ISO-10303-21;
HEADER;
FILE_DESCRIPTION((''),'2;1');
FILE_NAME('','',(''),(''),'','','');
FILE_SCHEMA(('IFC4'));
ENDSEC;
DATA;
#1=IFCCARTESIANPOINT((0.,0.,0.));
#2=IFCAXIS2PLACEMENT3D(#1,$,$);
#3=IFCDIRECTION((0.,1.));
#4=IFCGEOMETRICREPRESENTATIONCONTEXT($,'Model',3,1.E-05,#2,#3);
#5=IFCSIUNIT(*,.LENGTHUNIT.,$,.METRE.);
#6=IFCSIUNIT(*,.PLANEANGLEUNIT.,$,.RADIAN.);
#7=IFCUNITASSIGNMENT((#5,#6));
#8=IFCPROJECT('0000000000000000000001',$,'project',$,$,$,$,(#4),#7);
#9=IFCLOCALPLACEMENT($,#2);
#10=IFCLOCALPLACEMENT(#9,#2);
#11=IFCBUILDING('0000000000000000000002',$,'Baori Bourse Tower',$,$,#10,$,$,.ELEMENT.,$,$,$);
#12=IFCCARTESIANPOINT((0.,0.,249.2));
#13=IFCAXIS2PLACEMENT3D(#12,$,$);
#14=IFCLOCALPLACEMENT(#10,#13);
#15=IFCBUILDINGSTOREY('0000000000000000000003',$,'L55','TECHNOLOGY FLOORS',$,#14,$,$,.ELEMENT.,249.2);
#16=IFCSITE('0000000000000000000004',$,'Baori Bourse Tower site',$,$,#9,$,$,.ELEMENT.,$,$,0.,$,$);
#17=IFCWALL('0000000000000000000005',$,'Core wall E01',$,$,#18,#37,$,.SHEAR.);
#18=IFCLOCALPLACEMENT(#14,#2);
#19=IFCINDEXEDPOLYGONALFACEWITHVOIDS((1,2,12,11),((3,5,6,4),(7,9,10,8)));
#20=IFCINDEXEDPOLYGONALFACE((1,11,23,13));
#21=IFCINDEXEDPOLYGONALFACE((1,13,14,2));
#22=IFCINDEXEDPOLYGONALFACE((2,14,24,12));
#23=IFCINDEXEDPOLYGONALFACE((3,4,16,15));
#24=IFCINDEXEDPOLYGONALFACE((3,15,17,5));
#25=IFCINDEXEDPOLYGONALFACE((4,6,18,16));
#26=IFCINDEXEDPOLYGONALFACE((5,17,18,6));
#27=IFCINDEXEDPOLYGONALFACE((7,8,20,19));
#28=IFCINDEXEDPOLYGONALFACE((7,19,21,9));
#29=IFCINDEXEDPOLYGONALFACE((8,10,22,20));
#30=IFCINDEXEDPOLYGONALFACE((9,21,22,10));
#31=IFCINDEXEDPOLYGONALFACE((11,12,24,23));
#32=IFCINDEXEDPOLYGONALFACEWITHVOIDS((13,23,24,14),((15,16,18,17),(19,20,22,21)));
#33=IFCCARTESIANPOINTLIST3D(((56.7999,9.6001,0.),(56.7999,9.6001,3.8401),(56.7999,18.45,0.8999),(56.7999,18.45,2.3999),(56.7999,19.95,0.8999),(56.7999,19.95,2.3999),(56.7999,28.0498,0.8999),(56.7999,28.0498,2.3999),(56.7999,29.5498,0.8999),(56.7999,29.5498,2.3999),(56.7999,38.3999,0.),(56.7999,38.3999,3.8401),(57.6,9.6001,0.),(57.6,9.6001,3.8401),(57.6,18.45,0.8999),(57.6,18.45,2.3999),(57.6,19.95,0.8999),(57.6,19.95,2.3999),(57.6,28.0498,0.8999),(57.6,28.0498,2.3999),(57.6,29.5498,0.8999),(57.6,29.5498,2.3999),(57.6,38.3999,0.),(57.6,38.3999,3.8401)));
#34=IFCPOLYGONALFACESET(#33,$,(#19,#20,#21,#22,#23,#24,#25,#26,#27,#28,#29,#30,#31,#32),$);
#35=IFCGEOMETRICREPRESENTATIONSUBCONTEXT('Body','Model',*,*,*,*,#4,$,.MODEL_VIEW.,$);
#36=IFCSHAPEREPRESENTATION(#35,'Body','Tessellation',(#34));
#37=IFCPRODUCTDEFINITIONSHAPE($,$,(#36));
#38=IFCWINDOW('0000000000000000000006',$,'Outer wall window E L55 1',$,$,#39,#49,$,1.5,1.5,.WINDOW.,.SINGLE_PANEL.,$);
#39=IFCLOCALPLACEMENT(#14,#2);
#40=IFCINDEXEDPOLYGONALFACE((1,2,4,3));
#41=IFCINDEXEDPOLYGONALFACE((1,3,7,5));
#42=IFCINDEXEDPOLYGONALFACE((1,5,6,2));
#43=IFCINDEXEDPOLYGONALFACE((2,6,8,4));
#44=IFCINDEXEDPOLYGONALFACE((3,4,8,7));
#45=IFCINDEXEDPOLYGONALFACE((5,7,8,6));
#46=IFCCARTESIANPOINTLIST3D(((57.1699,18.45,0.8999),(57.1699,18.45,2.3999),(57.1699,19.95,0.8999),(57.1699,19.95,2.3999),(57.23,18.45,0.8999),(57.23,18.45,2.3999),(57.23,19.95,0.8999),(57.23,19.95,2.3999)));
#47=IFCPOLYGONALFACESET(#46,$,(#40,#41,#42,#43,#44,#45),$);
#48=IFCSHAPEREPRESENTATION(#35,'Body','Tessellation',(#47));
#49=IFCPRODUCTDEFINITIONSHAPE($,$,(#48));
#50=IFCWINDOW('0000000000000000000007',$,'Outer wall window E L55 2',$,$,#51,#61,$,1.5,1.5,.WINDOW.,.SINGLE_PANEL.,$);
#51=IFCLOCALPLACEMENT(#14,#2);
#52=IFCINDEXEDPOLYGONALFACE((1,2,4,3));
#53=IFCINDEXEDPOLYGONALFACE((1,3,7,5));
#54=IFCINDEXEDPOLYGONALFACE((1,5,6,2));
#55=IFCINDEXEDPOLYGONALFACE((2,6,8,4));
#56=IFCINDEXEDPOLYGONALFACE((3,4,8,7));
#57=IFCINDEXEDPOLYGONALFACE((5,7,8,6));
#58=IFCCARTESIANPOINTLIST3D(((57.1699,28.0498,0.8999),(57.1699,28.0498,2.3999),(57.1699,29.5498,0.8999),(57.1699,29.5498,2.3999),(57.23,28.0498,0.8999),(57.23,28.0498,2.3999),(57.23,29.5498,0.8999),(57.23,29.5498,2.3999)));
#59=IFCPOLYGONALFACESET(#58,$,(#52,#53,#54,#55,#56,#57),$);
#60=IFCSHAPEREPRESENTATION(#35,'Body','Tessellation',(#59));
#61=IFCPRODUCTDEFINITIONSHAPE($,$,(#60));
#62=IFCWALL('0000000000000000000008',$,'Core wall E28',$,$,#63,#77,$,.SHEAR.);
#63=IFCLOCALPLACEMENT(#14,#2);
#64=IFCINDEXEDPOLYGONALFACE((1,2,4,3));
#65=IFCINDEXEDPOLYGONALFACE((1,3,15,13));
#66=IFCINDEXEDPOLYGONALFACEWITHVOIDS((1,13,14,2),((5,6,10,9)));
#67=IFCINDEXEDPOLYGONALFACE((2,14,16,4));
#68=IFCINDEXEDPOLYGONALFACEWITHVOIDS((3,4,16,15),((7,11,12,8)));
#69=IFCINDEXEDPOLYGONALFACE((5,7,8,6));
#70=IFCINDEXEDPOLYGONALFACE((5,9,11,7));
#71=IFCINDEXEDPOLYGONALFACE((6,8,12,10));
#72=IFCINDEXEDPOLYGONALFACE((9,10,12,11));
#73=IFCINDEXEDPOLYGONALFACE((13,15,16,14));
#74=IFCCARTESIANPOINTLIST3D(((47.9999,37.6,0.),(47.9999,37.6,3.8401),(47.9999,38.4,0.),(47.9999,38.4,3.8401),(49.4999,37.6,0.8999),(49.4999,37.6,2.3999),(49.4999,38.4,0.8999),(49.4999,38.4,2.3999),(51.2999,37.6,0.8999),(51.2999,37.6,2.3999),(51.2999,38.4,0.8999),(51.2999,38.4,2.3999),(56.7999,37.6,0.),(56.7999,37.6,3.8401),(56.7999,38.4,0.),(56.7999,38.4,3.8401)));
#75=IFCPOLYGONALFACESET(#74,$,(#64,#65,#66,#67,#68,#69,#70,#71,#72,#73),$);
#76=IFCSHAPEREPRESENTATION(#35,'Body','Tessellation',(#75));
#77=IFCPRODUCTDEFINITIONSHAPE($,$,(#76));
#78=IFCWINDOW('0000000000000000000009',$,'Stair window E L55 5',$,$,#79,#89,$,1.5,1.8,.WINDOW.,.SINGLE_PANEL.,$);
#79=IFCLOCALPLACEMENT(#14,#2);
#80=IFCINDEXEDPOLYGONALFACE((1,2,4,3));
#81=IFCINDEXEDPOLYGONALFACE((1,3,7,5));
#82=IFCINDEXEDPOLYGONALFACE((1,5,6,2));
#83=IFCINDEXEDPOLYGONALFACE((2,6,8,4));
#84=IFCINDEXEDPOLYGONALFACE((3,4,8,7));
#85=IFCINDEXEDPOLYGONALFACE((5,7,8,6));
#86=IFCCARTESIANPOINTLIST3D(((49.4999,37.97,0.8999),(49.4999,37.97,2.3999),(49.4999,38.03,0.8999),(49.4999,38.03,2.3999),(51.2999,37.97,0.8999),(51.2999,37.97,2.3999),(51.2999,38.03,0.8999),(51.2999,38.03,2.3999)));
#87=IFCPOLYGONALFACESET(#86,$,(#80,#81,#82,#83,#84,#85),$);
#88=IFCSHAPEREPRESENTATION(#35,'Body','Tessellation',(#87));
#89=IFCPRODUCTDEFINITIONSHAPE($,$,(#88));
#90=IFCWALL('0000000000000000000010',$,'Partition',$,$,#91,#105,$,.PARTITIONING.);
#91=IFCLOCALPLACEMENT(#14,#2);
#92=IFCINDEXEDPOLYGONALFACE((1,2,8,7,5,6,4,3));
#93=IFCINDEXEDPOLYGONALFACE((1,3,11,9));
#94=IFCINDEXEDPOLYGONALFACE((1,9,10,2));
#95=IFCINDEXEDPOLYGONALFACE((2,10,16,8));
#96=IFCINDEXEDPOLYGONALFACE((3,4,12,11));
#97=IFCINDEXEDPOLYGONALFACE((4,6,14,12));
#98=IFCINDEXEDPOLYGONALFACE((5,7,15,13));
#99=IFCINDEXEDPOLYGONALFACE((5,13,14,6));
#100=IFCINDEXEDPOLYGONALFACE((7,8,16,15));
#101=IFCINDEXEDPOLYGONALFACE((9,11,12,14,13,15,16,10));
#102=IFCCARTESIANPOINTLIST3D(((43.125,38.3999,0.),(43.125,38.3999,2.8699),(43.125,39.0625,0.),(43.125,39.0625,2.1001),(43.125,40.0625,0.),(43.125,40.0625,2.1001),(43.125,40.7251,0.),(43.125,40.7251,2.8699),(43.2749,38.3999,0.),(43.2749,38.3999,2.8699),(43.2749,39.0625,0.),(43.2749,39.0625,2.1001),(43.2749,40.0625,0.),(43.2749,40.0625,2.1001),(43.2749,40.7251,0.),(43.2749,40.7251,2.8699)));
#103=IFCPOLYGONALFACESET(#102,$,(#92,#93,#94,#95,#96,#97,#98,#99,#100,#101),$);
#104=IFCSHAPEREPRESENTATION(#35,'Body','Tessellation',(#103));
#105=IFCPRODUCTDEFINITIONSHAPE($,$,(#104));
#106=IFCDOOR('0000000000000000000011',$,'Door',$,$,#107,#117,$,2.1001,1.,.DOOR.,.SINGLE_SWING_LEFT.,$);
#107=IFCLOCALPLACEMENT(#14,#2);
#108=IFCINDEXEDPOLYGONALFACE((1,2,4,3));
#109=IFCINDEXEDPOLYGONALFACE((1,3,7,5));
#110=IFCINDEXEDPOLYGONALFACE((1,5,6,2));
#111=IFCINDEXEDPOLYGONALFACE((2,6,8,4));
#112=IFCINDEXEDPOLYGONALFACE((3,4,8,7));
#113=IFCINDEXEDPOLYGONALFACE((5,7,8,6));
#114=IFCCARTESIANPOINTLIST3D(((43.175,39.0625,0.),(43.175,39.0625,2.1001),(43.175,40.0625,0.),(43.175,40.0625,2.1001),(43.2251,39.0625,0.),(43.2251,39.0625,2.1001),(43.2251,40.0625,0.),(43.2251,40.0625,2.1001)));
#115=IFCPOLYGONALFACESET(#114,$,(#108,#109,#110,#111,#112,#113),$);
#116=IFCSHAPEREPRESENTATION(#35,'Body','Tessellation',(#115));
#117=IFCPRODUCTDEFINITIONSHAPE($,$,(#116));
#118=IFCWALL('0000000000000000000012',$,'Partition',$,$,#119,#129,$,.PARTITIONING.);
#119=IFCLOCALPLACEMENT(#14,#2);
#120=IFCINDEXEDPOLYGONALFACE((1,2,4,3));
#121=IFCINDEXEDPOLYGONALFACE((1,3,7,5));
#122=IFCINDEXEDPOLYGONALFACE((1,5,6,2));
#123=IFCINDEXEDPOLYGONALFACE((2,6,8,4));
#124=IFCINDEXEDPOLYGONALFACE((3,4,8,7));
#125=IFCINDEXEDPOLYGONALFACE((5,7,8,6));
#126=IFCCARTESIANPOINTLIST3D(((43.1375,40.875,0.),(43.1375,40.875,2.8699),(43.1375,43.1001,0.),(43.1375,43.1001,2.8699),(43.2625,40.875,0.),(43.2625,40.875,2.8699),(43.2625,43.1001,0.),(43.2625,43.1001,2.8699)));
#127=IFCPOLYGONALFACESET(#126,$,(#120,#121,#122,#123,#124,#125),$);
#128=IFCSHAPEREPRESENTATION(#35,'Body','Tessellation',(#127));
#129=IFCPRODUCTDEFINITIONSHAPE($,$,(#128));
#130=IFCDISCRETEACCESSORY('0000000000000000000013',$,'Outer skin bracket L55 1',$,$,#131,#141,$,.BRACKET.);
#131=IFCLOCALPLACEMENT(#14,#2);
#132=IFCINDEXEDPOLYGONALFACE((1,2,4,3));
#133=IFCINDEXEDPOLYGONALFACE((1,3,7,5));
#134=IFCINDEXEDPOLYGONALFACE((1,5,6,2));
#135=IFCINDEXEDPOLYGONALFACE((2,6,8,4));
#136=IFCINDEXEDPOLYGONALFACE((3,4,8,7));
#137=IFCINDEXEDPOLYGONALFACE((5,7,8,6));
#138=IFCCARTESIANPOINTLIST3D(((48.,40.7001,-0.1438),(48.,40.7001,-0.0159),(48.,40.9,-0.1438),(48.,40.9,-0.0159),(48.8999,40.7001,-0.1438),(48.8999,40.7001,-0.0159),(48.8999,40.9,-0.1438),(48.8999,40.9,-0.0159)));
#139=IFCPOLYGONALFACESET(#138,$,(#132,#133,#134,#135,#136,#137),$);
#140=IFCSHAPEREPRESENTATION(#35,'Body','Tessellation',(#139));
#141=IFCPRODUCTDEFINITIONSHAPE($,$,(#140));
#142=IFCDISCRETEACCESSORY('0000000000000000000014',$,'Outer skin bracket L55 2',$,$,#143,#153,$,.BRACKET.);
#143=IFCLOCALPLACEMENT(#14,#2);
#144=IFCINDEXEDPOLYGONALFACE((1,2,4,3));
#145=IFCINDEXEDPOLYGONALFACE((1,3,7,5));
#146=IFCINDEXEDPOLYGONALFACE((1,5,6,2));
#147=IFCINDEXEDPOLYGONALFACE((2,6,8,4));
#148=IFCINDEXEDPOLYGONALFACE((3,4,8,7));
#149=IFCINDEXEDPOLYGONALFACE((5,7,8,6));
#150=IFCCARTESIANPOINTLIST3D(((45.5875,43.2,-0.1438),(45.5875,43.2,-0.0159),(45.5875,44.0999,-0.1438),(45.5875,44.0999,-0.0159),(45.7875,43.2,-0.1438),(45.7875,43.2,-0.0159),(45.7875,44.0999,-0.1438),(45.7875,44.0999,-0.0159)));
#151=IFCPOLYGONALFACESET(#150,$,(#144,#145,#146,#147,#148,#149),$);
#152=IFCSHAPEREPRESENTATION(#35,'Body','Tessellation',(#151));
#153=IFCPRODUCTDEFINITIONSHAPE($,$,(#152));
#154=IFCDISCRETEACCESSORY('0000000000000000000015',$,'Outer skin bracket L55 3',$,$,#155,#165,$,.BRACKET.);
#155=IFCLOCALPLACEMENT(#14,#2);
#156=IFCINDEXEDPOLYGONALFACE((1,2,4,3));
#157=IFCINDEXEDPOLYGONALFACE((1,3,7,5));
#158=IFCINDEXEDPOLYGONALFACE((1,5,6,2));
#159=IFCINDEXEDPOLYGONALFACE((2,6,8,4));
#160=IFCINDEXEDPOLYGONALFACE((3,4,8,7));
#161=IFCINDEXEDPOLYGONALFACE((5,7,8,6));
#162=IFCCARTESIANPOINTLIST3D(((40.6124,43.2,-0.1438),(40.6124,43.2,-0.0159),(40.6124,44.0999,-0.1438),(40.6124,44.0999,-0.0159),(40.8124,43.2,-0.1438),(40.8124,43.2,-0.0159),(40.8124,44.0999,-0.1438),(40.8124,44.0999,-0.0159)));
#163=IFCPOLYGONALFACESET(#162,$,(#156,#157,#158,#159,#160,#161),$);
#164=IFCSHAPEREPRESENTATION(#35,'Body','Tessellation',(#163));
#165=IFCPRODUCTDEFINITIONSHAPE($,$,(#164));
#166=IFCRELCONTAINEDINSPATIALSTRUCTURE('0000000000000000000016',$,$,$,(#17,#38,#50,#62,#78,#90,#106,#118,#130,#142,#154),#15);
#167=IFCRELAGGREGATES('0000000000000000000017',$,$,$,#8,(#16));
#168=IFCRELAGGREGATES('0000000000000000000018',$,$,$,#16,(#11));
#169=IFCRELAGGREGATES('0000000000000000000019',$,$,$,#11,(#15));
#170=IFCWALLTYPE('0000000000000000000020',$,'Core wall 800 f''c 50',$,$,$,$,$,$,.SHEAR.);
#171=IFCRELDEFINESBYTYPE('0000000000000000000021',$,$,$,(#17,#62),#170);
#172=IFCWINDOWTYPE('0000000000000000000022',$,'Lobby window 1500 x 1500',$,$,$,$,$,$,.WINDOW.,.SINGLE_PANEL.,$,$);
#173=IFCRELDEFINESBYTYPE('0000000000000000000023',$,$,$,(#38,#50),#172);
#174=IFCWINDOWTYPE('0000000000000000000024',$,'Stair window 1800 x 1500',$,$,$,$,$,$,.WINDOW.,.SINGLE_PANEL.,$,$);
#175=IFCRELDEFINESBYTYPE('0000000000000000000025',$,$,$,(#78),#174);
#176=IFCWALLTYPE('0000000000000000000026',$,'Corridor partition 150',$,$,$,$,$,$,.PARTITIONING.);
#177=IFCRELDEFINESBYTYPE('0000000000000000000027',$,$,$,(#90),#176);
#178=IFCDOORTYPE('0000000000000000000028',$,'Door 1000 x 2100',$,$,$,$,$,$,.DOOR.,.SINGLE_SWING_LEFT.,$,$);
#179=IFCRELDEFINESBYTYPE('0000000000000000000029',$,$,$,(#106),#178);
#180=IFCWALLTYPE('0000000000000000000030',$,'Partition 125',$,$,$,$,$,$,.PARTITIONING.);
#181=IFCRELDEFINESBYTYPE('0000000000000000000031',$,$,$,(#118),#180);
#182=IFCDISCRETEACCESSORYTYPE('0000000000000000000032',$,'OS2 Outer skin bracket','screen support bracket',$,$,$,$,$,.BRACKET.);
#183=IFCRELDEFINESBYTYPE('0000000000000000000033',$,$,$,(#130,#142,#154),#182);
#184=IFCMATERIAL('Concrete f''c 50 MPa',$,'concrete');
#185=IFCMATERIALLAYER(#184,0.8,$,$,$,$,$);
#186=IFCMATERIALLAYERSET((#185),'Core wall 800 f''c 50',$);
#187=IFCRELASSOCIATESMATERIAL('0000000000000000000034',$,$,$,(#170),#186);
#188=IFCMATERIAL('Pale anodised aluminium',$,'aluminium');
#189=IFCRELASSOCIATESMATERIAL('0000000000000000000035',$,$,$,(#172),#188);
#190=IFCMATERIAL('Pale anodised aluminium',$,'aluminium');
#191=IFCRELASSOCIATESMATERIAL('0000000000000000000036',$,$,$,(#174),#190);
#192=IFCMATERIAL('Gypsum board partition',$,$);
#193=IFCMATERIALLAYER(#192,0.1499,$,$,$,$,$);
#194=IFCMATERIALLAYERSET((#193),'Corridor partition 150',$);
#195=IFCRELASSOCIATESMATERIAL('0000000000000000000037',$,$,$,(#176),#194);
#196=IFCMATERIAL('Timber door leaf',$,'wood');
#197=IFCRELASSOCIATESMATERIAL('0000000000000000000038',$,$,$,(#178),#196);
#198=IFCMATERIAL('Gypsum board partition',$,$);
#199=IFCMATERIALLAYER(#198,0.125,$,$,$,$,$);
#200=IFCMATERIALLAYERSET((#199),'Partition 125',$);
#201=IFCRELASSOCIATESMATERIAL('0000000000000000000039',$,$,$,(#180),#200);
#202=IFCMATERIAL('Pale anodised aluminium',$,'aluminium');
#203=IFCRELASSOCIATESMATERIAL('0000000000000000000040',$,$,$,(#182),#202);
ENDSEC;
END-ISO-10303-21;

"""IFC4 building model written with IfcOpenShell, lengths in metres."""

from ifc_helpers import new_model, si_unit, direction, frame, frame_2d, origin, origin_2d, place, context, subcontext, project, spatial, rectangle, extrude, material, layer, layer_set, type_object, element, fill, save


model = new_model("IFC4")

# Units and contexts
model_context = context("Model", 3, precision=1e-05, world=origin(), true_north=direction((0.0, 1.0)))
body_context = subcontext(model_context, "Body", "Model", "MODEL_VIEW")
ifc_project = project(units=[si_unit("LENGTHUNIT", "METRE"), si_unit("PLANEANGLEUNIT", "RADIAN")], contexts=[model_context])

# Site, building, storey
site_placement = place(None, origin())
site = spatial("IfcSite", under=ifc_project, at=site_placement, Name="Baori Bourse Tower site", CompositionType="ELEMENT", RefElevation=0.0)
building_placement = place(site_placement, origin())
building = spatial("IfcBuilding", under=site, at=building_placement, Name="Baori Bourse Tower", CompositionType="ELEMENT")
storey_placement = place(building_placement, frame((0.0, 0.0, 249.2)))
storey = spatial("IfcBuildingStorey", under=building, at=storey_placement, Name="L55", Description="TECHNOLOGY FLOORS", CompositionType="ELEMENT", Elevation=249.2)

# Wall, openings, windows
ifc_material_1 = material(Name="Concrete f'c 50 MPa", Category="concrete")
ifc_layer_1 = layer(ifc_material_1, 0.8)
ifc_layer_set_1 = layer_set([ifc_layer_1], Name="Core wall 800 f'c 50")
wall_type_1 = type_object("IfcWallType", Name="Core wall 800 f'c 50", PredefinedType="SHEAR", material=ifc_layer_set_1)
wall_1_placement = place(storey_placement, frame((57.2, 38.3999, 0.0), z_axis=(0.0, 0.0, 1.0), x_axis=(0.0, -1.0, 0.0)))
wall_1 = element("IfcWall", 1, at=wall_1_placement, inside=storey, type_object=wall_type_1, Name="Core wall E01", PredefinedType="SHEAR", context=body_context, shape_type="SweptSolid", body=[
    extrude(rectangle(XDim=28.7998, YDim=0.8, at=frame_2d((14.3999, 0.0))), origin(), (0.0, 0.0, 1.0), 3.8401),
])
opening_1_placement = place(wall_1_placement, frame((18.45, 0.0, 0.8999)))
opening_1 = element("IfcOpeningElement", 2, at=opening_1_placement, cuts=wall_1, PredefinedType="OPENING", context=body_context, shape_type="SweptSolid", body=[
    extrude(rectangle(XDim=1.5, YDim=1.5, at=frame_2d((0.75, 0.75))), frame((0.0, 0.4099, 0.0), z_axis=(0.0, -1.0, 0.0), x_axis=(1.0, 0.0, 0.0)), (0.0, 0.0, 1.0), 0.8201),
])
opening_2_placement = place(wall_1_placement, frame((8.8501, 0.0, 0.8999)))
opening_2 = element("IfcOpeningElement", 3, at=opening_2_placement, cuts=wall_1, PredefinedType="OPENING", context=body_context, shape_type="SweptSolid", body=[
    extrude(rectangle(XDim=1.5, YDim=1.5, at=frame_2d((0.75, 0.75))), frame((0.0, 0.4099, 0.0), z_axis=(0.0, -1.0, 0.0), x_axis=(1.0, 0.0, 0.0)), (0.0, 0.0, 1.0), 0.8201),
])
ifc_material_2 = material(Name="Pale anodised aluminium", Category="aluminium")
window_type_1 = type_object("IfcWindowType", Name="Lobby window 1500 x 1500", PartitioningType="SINGLE_PANEL", PredefinedType="WINDOW", material=ifc_material_2)
window_1_placement = place(opening_1_placement, origin())
window_1 = element("IfcWindow", 4, at=window_1_placement, inside=storey, type_object=window_type_1, Name="Outer wall window E L55 1", OverallHeight=1.5, OverallWidth=1.5, PartitioningType="SINGLE_PANEL", PredefinedType="WINDOW", context=body_context, shape_type="SweptSolid", body=[
    extrude(rectangle(XDim=1.5, YDim=1.5, at=frame_2d((0.75, 0.75))), frame((0.0, 0.03, 0.0), z_axis=(0.0, -1.0, 0.0), x_axis=(1.0, 0.0, 0.0)), (0.0, 0.0, 1.0), 0.0601),
])
fill(opening_1, window_1)
window_2_placement = place(opening_2_placement, origin())
window_2 = element("IfcWindow", 5, at=window_2_placement, inside=storey, type_object=window_type_1, Name="Outer wall window E L55 2", OverallHeight=1.5, OverallWidth=1.5, PartitioningType="SINGLE_PANEL", PredefinedType="WINDOW", context=body_context, shape_type="SweptSolid", body=[
    extrude(rectangle(XDim=1.5, YDim=1.5, at=frame_2d((0.75, 0.75))), frame((0.0, 0.03, 0.0), z_axis=(0.0, -1.0, 0.0), x_axis=(1.0, 0.0, 0.0)), (0.0, 0.0, 1.0), 0.0601),
])
fill(opening_2, window_2)

# Wall, opening, window
wall_2_placement = place(storey_placement, frame((48.0, 38.0, 0.0), z_axis=(0.0, 0.0, 1.0), x_axis=(1.0, 0.0, 0.0)))
wall_2 = element("IfcWall", 6, at=wall_2_placement, inside=storey, type_object=wall_type_1, Name="Core wall E28", PredefinedType="SHEAR", context=body_context, shape_type="SweptSolid", body=[
    extrude(rectangle(XDim=8.8, YDim=0.8, at=frame_2d((4.3999, 0.0))), origin(), (0.0, 0.0, 1.0), 3.8401),
])
opening_3_placement = place(wall_2_placement, frame((1.5, 0.0, 0.8999)))
opening_3 = element("IfcOpeningElement", 7, at=opening_3_placement, cuts=wall_2, PredefinedType="OPENING", context=body_context, shape_type="SweptSolid", body=[
    extrude(rectangle(XDim=1.8, YDim=1.5, at=frame_2d((0.8999, 0.75))), frame((0.0, 0.4099, 0.0), z_axis=(0.0, -1.0, 0.0), x_axis=(1.0, 0.0, 0.0)), (0.0, 0.0, 1.0), 0.8201),
])
ifc_material_3 = material(Name="Pale anodised aluminium", Category="aluminium")
window_type_2 = type_object("IfcWindowType", Name="Stair window 1800 x 1500", PartitioningType="SINGLE_PANEL", PredefinedType="WINDOW", material=ifc_material_3)
window_3_placement = place(opening_3_placement, origin())
window_3 = element("IfcWindow", 8, at=window_3_placement, inside=storey, type_object=window_type_2, Name="Stair window E L55 5", OverallHeight=1.5, OverallWidth=1.8, PartitioningType="SINGLE_PANEL", PredefinedType="WINDOW", context=body_context, shape_type="SweptSolid", body=[
    extrude(rectangle(XDim=1.8, YDim=1.5, at=frame_2d((0.8999, 0.75))), frame((0.0, 0.03, 0.0), z_axis=(0.0, -1.0, 0.0), x_axis=(1.0, 0.0, 0.0)), (0.0, 0.0, 1.0), 0.0601),
])
fill(opening_3, window_3)

# Wall, opening, door
ifc_material_4 = material(Name="Gypsum board partition")
ifc_layer_2 = layer(ifc_material_4, 0.1499)
ifc_layer_set_2 = layer_set([ifc_layer_2], Name="Corridor partition 150")
wall_type_2 = type_object("IfcWallType", Name="Corridor partition 150", PredefinedType="PARTITIONING", material=ifc_layer_set_2)
wall_3_placement = place(storey_placement, frame((43.2, 38.3999, 0.0), z_axis=(0.0, 0.0, 1.0), x_axis=(0.0, 1.0, 0.0)))
wall_3 = element("IfcWall", 9, at=wall_3_placement, inside=storey, type_object=wall_type_2, Name="Partition", PredefinedType="PARTITIONING", context=body_context, shape_type="SweptSolid", body=[
    extrude(rectangle(XDim=2.3252, YDim=0.1499, at=frame_2d((1.1626, 0.0))), origin(), (0.0, 0.0, 1.0), 2.8699),
])
opening_4_placement = place(wall_3_placement, frame((0.6626, 0.0, 0.0)))
opening_4 = element("IfcOpeningElement", 10, at=opening_4_placement, cuts=wall_3, PredefinedType="OPENING", context=body_context, shape_type="SweptSolid", body=[
    extrude(rectangle(XDim=1.0, YDim=2.1001, at=frame_2d((0.5, 1.05))), frame((0.0, 0.085, 0.0), z_axis=(0.0, -1.0, 0.0), x_axis=(1.0, 0.0, 0.0)), (0.0, 0.0, 1.0), 0.1699),
])
ifc_material_5 = material(Name="Timber door leaf", Category="wood")
door_type = type_object("IfcDoorType", Name="Door 1000 x 2100", OperationType="SINGLE_SWING_LEFT", PredefinedType="DOOR", material=ifc_material_5)
door_placement = place(opening_4_placement, origin())
door = element("IfcDoor", 11, at=door_placement, inside=storey, type_object=door_type, Name="Door", OperationType="SINGLE_SWING_LEFT", OverallHeight=2.1001, OverallWidth=1.0, PredefinedType="DOOR", context=body_context, shape_type="SweptSolid", body=[
    extrude(rectangle(XDim=1.0, YDim=2.1001, at=frame_2d((0.5, 1.05))), frame((0.0, 0.0249, 0.0), z_axis=(0.0, -1.0, 0.0), x_axis=(1.0, 0.0, 0.0)), (0.0, 0.0, 1.0), 0.05),
])
fill(opening_4, door)

# Wall
ifc_material_6 = material(Name="Gypsum board partition")
ifc_layer_3 = layer(ifc_material_6, 0.125)
ifc_layer_set_3 = layer_set([ifc_layer_3], Name="Partition 125")
wall_type_3 = type_object("IfcWallType", Name="Partition 125", PredefinedType="PARTITIONING", material=ifc_layer_set_3)
wall_4_placement = place(storey_placement, frame((43.2, 40.875, 0.0), z_axis=(0.0, 0.0, 1.0), x_axis=(0.0, 1.0, 0.0)))
element("IfcWall", 12, at=wall_4_placement, inside=storey, type_object=wall_type_3, Name="Partition", PredefinedType="PARTITIONING", context=body_context, shape_type="SweptSolid", body=[
    extrude(rectangle(XDim=2.2251, YDim=0.125, at=frame_2d((1.1125, 0.0))), origin(), (0.0, 0.0, 1.0), 2.8699),
])

# Discrete accessories
ifc_material_7 = material(Name="Pale anodised aluminium", Category="aluminium")
discrete_accessory_type = type_object("IfcDiscreteAccessoryType", Name="OS2 Outer skin bracket", Description="screen support bracket", PredefinedType="BRACKET", material=ifc_material_7)
for number, where, z_axis, x_axis, name in (
    (13, (48.45, 40.8, -0.1438), (0.0, 0.0, 1.0), (0.0, 1.0, 0.0), "Outer skin bracket L55 1"),
    (14, (45.6875, 43.6499, -0.1438), (0.0, 0.0, 1.0), (-1.0, 0.0, 0.0), "Outer skin bracket L55 2"),
    (15, (40.7124, 43.6499, -0.1438), (0.0, 0.0, 1.0), (-1.0, 0.0, 0.0), "Outer skin bracket L55 3"),
):
    element("IfcDiscreteAccessory", number, at=place(storey_placement, frame(where, z_axis=z_axis, x_axis=x_axis)), inside=storey, type_object=discrete_accessory_type, Name=name, PredefinedType="BRACKET", context=body_context, shape_type="SweptSolid", body=[
        extrude(rectangle(XDim=0.2, YDim=0.8999, at=origin_2d()), origin(), (0.0, 0.0, 1.0), 0.1279),
    ])

save(model, "model.ifc")
